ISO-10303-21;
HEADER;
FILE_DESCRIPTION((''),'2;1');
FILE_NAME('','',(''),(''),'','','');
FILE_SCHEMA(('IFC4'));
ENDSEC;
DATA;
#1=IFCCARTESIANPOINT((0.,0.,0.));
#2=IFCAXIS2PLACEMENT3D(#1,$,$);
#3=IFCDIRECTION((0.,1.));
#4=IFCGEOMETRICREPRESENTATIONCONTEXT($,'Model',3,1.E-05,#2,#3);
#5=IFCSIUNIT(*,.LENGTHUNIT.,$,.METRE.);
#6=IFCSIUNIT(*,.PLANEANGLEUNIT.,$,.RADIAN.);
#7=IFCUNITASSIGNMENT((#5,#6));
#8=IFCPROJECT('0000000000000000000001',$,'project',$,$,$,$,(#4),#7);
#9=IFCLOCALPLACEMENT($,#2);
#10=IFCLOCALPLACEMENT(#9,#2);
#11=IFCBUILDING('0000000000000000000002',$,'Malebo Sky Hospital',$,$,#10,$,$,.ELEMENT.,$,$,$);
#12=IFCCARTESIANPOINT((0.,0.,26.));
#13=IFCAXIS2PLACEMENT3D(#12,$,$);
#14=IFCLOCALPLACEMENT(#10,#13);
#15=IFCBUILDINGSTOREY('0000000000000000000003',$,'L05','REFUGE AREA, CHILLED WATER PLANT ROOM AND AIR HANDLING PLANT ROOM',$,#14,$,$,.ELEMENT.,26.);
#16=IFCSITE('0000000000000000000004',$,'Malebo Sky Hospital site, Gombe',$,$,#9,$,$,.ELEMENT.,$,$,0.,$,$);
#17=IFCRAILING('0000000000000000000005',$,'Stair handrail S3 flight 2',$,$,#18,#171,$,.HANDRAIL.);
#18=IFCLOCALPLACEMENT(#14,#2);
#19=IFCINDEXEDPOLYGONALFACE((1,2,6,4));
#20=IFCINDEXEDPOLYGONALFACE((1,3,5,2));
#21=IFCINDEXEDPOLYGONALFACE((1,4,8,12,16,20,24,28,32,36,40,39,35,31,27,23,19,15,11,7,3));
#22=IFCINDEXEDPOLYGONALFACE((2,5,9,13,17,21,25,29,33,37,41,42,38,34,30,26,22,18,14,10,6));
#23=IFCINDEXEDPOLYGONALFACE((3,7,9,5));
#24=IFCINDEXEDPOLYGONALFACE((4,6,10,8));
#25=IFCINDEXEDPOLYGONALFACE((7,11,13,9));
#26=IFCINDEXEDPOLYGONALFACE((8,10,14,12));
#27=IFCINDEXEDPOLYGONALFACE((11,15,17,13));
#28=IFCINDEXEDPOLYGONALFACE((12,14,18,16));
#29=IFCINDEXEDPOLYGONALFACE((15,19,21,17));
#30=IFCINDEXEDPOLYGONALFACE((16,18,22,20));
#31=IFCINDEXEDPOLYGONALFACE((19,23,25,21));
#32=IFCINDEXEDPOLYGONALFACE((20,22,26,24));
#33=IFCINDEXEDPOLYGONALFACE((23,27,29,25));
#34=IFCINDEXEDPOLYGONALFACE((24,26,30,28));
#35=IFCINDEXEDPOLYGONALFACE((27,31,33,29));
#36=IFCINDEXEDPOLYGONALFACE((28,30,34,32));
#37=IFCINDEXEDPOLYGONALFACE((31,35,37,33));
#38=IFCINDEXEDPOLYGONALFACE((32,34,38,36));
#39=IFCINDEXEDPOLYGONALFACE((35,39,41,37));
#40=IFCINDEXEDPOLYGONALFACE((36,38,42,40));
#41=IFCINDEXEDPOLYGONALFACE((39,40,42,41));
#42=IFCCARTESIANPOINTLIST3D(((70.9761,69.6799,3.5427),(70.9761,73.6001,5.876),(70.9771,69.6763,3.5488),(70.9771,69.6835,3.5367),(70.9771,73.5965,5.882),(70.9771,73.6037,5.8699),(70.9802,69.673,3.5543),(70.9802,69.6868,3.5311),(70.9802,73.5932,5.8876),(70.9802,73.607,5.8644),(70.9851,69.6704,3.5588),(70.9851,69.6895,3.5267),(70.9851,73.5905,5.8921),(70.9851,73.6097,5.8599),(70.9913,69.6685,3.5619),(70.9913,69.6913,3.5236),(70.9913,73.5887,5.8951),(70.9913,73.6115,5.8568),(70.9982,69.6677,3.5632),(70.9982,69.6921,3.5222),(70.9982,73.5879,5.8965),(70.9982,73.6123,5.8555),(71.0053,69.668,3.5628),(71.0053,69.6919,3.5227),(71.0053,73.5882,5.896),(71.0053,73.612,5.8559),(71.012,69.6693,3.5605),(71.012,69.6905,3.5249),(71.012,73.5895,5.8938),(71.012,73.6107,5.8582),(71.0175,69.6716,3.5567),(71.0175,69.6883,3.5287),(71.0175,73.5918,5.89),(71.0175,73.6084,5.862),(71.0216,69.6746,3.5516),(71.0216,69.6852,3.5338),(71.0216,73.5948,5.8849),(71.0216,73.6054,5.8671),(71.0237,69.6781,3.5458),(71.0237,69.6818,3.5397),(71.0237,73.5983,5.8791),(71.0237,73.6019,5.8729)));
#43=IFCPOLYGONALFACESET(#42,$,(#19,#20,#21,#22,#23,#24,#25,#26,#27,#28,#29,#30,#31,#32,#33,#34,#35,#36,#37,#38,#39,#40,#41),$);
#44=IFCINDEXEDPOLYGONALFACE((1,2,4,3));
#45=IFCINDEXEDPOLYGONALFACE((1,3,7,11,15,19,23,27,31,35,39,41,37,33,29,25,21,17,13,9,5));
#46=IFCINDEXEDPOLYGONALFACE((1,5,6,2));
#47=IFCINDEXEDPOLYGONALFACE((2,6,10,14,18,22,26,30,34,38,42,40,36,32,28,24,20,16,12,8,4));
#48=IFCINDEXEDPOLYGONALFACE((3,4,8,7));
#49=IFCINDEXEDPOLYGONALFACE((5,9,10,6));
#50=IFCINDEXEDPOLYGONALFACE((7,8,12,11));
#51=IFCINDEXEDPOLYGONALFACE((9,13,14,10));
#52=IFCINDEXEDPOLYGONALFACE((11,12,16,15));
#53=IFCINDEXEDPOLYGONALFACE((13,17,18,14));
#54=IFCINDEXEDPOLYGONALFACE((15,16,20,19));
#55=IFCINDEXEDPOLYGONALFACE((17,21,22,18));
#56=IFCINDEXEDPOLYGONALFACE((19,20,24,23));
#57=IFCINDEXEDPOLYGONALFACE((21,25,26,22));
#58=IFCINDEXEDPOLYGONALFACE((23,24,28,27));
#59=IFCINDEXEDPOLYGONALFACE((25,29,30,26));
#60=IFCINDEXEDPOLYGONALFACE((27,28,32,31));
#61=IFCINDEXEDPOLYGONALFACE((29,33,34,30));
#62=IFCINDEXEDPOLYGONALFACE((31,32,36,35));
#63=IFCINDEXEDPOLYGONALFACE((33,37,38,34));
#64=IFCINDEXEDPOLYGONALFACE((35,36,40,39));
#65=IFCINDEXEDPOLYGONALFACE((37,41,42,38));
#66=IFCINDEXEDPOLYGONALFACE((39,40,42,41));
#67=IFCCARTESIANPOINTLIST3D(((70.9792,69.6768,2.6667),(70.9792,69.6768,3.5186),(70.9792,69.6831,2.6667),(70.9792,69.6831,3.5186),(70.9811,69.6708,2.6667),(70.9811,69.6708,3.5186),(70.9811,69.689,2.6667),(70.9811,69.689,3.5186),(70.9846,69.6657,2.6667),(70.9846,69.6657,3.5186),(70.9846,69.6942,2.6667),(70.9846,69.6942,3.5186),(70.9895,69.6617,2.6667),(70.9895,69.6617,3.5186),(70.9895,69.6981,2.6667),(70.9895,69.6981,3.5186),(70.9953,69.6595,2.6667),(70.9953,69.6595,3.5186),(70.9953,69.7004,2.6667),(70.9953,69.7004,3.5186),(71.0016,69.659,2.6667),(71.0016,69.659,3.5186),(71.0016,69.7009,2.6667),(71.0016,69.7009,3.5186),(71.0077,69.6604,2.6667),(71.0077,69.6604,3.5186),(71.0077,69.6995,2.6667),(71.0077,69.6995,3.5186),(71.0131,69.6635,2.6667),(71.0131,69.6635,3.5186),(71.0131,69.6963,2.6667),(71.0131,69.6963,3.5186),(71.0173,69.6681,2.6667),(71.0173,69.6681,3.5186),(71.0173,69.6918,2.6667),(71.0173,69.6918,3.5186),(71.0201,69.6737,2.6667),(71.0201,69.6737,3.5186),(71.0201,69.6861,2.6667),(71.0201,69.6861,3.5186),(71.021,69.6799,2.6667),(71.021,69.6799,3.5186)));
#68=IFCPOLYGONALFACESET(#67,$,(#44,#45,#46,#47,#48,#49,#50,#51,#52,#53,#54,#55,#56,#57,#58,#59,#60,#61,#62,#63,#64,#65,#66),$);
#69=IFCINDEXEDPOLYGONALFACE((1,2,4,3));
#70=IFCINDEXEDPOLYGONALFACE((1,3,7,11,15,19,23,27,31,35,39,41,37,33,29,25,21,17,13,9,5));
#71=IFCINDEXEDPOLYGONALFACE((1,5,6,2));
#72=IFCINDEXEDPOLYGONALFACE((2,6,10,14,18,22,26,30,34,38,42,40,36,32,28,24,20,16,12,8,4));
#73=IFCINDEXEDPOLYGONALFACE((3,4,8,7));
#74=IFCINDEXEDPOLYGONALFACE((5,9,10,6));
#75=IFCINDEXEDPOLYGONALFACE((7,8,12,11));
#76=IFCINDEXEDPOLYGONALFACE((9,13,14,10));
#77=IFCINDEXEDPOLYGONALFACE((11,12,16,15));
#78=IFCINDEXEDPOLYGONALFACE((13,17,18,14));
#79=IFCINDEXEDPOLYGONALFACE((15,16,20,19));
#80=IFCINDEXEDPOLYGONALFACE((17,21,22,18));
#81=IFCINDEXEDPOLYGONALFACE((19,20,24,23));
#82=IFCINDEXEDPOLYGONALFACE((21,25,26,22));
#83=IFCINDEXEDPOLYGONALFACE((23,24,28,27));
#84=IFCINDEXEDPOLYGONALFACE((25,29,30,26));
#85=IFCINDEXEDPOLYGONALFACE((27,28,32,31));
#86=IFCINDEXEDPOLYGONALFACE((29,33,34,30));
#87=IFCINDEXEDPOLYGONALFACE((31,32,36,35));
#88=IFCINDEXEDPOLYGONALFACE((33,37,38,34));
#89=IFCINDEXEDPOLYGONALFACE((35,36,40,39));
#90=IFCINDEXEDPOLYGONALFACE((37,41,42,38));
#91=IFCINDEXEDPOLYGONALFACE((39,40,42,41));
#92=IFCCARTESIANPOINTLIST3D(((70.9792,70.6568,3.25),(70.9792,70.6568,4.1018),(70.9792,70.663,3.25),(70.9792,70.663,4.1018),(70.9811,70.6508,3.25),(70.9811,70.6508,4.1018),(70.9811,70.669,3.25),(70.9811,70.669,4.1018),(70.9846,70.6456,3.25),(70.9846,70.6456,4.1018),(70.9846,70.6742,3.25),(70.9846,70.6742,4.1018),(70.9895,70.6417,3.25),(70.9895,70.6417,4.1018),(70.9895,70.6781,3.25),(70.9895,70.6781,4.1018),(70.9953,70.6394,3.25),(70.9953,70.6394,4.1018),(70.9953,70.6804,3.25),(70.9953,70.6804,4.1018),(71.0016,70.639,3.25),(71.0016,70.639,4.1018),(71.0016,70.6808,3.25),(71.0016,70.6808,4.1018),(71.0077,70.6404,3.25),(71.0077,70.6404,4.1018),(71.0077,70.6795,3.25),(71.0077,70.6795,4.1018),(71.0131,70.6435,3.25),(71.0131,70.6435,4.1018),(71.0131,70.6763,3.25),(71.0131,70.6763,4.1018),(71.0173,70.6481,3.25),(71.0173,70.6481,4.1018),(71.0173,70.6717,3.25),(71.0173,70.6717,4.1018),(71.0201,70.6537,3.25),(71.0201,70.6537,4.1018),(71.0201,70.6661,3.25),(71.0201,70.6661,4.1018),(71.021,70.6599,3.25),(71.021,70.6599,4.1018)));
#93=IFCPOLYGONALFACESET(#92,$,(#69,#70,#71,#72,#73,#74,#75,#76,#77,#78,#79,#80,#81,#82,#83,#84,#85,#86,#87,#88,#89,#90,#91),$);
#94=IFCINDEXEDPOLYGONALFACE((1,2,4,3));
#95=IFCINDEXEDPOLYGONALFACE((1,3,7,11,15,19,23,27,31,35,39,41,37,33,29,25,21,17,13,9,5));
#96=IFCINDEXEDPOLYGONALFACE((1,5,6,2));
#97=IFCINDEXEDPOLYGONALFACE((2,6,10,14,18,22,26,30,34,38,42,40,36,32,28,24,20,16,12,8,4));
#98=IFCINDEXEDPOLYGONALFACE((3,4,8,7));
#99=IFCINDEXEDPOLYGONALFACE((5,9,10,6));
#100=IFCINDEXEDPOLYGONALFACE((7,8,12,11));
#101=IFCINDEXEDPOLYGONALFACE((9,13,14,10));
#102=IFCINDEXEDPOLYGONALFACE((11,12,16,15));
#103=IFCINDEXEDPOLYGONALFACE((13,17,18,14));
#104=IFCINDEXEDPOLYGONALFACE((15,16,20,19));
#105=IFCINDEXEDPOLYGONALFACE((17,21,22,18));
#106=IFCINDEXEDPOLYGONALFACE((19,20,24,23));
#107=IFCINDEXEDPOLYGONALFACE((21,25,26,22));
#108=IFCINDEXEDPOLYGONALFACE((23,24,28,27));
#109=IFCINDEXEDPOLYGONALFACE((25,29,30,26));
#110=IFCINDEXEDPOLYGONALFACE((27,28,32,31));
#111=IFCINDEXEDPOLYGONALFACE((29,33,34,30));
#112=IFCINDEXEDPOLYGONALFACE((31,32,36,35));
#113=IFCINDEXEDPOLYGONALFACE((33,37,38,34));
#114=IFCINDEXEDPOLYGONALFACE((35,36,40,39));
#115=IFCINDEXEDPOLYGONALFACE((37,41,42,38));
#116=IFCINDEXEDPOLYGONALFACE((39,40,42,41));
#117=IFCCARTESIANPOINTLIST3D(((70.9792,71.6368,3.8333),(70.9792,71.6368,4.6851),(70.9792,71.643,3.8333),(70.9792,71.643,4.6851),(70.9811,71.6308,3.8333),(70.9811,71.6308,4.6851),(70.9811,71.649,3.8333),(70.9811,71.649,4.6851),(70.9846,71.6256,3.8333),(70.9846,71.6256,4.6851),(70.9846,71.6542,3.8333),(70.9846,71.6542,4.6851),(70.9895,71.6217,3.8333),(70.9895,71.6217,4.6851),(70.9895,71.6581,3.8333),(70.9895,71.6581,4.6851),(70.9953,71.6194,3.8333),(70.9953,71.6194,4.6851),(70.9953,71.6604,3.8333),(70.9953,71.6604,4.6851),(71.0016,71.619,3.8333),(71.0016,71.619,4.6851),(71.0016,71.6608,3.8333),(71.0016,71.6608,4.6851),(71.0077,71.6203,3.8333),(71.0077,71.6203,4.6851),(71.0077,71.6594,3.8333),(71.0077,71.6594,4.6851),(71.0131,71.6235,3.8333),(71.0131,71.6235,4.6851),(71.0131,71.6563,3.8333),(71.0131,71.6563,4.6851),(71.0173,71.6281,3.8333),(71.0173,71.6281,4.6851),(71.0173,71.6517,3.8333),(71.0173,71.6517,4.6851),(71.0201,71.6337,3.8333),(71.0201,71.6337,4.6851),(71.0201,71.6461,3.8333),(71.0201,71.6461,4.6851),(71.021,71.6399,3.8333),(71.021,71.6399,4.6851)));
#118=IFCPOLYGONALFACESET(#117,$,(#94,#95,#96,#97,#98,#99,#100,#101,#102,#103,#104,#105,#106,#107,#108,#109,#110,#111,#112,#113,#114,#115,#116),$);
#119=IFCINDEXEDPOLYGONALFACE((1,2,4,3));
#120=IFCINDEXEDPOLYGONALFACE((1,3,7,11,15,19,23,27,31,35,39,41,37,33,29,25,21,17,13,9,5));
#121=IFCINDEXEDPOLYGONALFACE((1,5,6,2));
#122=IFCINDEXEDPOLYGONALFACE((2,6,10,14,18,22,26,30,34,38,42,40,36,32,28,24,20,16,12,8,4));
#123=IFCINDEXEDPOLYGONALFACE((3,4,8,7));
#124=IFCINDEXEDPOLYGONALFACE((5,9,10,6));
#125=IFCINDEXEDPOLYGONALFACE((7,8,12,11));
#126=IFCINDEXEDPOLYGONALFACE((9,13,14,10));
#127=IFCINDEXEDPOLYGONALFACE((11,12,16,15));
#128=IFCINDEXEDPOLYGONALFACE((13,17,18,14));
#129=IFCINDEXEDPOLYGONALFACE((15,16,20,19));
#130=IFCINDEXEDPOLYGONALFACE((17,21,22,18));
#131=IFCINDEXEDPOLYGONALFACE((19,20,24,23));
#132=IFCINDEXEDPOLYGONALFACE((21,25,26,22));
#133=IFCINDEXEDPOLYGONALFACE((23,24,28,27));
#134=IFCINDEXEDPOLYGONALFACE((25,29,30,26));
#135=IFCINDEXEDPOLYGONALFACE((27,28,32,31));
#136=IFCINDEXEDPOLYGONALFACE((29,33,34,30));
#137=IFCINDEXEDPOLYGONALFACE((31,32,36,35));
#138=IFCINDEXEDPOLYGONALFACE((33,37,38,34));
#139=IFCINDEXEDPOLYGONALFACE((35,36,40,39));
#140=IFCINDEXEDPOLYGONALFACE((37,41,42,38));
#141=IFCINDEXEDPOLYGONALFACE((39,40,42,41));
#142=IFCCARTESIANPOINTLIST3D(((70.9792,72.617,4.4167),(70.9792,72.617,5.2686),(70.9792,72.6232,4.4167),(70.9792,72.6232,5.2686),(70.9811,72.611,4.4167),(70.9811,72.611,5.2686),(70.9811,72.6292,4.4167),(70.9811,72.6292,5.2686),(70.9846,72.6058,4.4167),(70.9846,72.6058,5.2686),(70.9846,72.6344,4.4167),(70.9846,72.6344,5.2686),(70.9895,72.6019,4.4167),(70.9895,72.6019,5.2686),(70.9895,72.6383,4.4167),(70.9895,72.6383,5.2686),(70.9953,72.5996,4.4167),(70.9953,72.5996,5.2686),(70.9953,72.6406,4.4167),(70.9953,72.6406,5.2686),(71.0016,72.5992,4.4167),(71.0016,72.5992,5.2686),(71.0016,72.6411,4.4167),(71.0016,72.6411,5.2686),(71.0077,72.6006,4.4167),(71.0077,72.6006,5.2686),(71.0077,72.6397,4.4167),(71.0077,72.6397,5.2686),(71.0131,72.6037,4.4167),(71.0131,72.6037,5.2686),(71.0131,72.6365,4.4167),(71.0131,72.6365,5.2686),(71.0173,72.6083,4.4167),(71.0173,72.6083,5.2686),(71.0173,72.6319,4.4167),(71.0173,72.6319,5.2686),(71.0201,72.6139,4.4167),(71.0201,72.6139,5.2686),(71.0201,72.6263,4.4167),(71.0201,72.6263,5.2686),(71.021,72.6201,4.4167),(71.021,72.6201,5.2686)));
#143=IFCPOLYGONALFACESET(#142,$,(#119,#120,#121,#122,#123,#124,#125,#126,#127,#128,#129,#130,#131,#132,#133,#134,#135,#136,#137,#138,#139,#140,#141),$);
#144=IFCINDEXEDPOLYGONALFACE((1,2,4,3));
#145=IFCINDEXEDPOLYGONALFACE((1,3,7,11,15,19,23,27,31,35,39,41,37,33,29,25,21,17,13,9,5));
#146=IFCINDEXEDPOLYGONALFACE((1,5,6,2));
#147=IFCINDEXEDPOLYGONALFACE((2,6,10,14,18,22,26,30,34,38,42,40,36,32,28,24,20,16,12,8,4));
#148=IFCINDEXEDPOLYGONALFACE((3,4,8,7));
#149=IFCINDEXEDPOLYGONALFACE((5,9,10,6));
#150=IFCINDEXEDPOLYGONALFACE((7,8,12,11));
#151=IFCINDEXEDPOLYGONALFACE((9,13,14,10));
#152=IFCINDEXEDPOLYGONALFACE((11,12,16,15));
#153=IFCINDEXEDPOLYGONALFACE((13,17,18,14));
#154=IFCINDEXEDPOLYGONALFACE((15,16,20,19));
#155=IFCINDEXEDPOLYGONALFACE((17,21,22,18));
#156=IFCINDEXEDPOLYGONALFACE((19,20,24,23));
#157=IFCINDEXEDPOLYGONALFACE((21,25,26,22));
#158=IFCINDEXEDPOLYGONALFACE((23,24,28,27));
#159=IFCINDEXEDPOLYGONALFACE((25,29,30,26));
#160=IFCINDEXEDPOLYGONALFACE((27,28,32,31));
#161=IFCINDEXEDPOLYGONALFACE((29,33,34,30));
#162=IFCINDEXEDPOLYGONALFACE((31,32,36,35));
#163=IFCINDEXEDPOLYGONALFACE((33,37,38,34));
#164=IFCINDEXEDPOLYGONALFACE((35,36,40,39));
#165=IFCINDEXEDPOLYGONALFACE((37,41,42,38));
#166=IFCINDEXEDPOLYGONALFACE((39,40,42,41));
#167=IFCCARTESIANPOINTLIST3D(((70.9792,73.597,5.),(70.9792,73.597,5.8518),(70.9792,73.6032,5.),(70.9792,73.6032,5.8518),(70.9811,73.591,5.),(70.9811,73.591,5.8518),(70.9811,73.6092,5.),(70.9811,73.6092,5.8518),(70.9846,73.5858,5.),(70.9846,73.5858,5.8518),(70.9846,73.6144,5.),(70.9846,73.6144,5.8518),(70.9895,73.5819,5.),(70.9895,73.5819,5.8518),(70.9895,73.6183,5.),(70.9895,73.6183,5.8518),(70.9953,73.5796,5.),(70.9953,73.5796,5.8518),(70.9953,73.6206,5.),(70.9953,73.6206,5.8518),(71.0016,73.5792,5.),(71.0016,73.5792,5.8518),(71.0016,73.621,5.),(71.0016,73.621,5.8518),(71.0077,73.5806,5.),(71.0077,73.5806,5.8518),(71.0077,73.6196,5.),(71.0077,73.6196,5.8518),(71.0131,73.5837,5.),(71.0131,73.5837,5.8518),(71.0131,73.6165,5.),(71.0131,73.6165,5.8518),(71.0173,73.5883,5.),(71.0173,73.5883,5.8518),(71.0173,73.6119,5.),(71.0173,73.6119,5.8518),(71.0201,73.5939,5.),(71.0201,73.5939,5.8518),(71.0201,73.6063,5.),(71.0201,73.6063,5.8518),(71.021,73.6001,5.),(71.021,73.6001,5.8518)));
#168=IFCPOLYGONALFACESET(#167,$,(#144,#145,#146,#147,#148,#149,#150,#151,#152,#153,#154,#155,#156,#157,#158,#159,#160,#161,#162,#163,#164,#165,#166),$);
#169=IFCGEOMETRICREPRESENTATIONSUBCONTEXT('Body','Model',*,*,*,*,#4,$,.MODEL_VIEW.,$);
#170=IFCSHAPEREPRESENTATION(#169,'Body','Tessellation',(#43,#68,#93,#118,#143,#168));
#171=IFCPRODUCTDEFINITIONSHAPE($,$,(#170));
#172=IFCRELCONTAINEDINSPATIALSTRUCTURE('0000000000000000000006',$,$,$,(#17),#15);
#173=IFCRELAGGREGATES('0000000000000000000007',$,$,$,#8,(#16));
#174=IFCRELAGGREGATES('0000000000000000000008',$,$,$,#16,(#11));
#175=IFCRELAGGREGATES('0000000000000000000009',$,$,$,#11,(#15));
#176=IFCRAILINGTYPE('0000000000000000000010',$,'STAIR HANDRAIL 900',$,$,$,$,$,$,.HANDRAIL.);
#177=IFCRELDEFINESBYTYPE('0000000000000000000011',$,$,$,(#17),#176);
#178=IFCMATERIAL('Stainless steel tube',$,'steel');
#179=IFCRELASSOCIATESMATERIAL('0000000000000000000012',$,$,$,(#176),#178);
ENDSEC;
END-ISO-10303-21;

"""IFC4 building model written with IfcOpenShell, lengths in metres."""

from ifc_helpers import new_model, si_unit, direction, frame, origin, origin_2d, place, context, subcontext, project, spatial, circle, extrude, material, type_object, element, save


model = new_model("IFC4")

# Units and contexts
model_context = context("Model", 3, precision=1e-05, world=origin(), true_north=direction((0.0, 1.0)))
body_context = subcontext(model_context, "Body", "Model", "MODEL_VIEW")
ifc_project = project(units=[si_unit("LENGTHUNIT", "METRE"), si_unit("PLANEANGLEUNIT", "RADIAN")], contexts=[model_context])

# Site, building, storey
site_placement = place(None, origin())
site = spatial("IfcSite", under=ifc_project, at=site_placement, Name="Malebo Sky Hospital site, Gombe", CompositionType="ELEMENT", RefElevation=0.0)
building_placement = place(site_placement, origin())
building = spatial("IfcBuilding", under=site, at=building_placement, Name="Malebo Sky Hospital", CompositionType="ELEMENT")
storey_placement = place(building_placement, frame((0.0, 0.0, 26.0)))
storey = spatial("IfcBuildingStorey", under=building, at=storey_placement, Name="L05", Description="REFUGE AREA, CHILLED WATER PLANT ROOM AND AIR HANDLING PLANT ROOM", CompositionType="ELEMENT", Elevation=26.0)

# Railing
ifc_material_1 = material(Name="Stainless steel tube", Category="steel")
railing_type = type_object("IfcRailingType", Name="STAIR HANDRAIL 900", PredefinedType="HANDRAIL", material=ifc_material_1)
railing_1_placement = place(storey_placement, frame((71.0, 69.6799, 2.6667)))
element("IfcRailing", 1, at=railing_1_placement, inside=storey, type_object=railing_type, Name="Stair handrail S3 flight 2", PredefinedType="HANDRAIL", context=body_context, shape_type="SweptSolid", body=[
    extrude(circle(Radius=0.0239, at=origin_2d()), frame((0.0, 0.0, 0.876), z_axis=(0.0, 0.85931, 0.511455), x_axis=(-1.0, 0.0, 0.0)), (0.0, 0.0, 1.0), 4.562),
    extrude(circle(Radius=0.021, at=origin_2d()), origin(), (0.0, 0.0, 1.0), 0.8518),
    extrude(circle(Radius=0.021, at=origin_2d()), frame((0.0, 0.98, 0.5833)), (0.0, 0.0, 1.0), 0.8518),
    extrude(circle(Radius=0.021, at=origin_2d()), frame((0.0, 1.96, 1.1665)), (0.0, 0.0, 1.0), 0.8518),
    extrude(circle(Radius=0.021, at=origin_2d()), frame((0.0, 2.9402, 1.75)), (0.0, 0.0, 1.0), 0.8518),
    extrude(circle(Radius=0.021, at=origin_2d()), frame((0.0, 3.9202, 2.3333)), (0.0, 0.0, 1.0), 0.8518),
])

save(model, "model.ifc")
